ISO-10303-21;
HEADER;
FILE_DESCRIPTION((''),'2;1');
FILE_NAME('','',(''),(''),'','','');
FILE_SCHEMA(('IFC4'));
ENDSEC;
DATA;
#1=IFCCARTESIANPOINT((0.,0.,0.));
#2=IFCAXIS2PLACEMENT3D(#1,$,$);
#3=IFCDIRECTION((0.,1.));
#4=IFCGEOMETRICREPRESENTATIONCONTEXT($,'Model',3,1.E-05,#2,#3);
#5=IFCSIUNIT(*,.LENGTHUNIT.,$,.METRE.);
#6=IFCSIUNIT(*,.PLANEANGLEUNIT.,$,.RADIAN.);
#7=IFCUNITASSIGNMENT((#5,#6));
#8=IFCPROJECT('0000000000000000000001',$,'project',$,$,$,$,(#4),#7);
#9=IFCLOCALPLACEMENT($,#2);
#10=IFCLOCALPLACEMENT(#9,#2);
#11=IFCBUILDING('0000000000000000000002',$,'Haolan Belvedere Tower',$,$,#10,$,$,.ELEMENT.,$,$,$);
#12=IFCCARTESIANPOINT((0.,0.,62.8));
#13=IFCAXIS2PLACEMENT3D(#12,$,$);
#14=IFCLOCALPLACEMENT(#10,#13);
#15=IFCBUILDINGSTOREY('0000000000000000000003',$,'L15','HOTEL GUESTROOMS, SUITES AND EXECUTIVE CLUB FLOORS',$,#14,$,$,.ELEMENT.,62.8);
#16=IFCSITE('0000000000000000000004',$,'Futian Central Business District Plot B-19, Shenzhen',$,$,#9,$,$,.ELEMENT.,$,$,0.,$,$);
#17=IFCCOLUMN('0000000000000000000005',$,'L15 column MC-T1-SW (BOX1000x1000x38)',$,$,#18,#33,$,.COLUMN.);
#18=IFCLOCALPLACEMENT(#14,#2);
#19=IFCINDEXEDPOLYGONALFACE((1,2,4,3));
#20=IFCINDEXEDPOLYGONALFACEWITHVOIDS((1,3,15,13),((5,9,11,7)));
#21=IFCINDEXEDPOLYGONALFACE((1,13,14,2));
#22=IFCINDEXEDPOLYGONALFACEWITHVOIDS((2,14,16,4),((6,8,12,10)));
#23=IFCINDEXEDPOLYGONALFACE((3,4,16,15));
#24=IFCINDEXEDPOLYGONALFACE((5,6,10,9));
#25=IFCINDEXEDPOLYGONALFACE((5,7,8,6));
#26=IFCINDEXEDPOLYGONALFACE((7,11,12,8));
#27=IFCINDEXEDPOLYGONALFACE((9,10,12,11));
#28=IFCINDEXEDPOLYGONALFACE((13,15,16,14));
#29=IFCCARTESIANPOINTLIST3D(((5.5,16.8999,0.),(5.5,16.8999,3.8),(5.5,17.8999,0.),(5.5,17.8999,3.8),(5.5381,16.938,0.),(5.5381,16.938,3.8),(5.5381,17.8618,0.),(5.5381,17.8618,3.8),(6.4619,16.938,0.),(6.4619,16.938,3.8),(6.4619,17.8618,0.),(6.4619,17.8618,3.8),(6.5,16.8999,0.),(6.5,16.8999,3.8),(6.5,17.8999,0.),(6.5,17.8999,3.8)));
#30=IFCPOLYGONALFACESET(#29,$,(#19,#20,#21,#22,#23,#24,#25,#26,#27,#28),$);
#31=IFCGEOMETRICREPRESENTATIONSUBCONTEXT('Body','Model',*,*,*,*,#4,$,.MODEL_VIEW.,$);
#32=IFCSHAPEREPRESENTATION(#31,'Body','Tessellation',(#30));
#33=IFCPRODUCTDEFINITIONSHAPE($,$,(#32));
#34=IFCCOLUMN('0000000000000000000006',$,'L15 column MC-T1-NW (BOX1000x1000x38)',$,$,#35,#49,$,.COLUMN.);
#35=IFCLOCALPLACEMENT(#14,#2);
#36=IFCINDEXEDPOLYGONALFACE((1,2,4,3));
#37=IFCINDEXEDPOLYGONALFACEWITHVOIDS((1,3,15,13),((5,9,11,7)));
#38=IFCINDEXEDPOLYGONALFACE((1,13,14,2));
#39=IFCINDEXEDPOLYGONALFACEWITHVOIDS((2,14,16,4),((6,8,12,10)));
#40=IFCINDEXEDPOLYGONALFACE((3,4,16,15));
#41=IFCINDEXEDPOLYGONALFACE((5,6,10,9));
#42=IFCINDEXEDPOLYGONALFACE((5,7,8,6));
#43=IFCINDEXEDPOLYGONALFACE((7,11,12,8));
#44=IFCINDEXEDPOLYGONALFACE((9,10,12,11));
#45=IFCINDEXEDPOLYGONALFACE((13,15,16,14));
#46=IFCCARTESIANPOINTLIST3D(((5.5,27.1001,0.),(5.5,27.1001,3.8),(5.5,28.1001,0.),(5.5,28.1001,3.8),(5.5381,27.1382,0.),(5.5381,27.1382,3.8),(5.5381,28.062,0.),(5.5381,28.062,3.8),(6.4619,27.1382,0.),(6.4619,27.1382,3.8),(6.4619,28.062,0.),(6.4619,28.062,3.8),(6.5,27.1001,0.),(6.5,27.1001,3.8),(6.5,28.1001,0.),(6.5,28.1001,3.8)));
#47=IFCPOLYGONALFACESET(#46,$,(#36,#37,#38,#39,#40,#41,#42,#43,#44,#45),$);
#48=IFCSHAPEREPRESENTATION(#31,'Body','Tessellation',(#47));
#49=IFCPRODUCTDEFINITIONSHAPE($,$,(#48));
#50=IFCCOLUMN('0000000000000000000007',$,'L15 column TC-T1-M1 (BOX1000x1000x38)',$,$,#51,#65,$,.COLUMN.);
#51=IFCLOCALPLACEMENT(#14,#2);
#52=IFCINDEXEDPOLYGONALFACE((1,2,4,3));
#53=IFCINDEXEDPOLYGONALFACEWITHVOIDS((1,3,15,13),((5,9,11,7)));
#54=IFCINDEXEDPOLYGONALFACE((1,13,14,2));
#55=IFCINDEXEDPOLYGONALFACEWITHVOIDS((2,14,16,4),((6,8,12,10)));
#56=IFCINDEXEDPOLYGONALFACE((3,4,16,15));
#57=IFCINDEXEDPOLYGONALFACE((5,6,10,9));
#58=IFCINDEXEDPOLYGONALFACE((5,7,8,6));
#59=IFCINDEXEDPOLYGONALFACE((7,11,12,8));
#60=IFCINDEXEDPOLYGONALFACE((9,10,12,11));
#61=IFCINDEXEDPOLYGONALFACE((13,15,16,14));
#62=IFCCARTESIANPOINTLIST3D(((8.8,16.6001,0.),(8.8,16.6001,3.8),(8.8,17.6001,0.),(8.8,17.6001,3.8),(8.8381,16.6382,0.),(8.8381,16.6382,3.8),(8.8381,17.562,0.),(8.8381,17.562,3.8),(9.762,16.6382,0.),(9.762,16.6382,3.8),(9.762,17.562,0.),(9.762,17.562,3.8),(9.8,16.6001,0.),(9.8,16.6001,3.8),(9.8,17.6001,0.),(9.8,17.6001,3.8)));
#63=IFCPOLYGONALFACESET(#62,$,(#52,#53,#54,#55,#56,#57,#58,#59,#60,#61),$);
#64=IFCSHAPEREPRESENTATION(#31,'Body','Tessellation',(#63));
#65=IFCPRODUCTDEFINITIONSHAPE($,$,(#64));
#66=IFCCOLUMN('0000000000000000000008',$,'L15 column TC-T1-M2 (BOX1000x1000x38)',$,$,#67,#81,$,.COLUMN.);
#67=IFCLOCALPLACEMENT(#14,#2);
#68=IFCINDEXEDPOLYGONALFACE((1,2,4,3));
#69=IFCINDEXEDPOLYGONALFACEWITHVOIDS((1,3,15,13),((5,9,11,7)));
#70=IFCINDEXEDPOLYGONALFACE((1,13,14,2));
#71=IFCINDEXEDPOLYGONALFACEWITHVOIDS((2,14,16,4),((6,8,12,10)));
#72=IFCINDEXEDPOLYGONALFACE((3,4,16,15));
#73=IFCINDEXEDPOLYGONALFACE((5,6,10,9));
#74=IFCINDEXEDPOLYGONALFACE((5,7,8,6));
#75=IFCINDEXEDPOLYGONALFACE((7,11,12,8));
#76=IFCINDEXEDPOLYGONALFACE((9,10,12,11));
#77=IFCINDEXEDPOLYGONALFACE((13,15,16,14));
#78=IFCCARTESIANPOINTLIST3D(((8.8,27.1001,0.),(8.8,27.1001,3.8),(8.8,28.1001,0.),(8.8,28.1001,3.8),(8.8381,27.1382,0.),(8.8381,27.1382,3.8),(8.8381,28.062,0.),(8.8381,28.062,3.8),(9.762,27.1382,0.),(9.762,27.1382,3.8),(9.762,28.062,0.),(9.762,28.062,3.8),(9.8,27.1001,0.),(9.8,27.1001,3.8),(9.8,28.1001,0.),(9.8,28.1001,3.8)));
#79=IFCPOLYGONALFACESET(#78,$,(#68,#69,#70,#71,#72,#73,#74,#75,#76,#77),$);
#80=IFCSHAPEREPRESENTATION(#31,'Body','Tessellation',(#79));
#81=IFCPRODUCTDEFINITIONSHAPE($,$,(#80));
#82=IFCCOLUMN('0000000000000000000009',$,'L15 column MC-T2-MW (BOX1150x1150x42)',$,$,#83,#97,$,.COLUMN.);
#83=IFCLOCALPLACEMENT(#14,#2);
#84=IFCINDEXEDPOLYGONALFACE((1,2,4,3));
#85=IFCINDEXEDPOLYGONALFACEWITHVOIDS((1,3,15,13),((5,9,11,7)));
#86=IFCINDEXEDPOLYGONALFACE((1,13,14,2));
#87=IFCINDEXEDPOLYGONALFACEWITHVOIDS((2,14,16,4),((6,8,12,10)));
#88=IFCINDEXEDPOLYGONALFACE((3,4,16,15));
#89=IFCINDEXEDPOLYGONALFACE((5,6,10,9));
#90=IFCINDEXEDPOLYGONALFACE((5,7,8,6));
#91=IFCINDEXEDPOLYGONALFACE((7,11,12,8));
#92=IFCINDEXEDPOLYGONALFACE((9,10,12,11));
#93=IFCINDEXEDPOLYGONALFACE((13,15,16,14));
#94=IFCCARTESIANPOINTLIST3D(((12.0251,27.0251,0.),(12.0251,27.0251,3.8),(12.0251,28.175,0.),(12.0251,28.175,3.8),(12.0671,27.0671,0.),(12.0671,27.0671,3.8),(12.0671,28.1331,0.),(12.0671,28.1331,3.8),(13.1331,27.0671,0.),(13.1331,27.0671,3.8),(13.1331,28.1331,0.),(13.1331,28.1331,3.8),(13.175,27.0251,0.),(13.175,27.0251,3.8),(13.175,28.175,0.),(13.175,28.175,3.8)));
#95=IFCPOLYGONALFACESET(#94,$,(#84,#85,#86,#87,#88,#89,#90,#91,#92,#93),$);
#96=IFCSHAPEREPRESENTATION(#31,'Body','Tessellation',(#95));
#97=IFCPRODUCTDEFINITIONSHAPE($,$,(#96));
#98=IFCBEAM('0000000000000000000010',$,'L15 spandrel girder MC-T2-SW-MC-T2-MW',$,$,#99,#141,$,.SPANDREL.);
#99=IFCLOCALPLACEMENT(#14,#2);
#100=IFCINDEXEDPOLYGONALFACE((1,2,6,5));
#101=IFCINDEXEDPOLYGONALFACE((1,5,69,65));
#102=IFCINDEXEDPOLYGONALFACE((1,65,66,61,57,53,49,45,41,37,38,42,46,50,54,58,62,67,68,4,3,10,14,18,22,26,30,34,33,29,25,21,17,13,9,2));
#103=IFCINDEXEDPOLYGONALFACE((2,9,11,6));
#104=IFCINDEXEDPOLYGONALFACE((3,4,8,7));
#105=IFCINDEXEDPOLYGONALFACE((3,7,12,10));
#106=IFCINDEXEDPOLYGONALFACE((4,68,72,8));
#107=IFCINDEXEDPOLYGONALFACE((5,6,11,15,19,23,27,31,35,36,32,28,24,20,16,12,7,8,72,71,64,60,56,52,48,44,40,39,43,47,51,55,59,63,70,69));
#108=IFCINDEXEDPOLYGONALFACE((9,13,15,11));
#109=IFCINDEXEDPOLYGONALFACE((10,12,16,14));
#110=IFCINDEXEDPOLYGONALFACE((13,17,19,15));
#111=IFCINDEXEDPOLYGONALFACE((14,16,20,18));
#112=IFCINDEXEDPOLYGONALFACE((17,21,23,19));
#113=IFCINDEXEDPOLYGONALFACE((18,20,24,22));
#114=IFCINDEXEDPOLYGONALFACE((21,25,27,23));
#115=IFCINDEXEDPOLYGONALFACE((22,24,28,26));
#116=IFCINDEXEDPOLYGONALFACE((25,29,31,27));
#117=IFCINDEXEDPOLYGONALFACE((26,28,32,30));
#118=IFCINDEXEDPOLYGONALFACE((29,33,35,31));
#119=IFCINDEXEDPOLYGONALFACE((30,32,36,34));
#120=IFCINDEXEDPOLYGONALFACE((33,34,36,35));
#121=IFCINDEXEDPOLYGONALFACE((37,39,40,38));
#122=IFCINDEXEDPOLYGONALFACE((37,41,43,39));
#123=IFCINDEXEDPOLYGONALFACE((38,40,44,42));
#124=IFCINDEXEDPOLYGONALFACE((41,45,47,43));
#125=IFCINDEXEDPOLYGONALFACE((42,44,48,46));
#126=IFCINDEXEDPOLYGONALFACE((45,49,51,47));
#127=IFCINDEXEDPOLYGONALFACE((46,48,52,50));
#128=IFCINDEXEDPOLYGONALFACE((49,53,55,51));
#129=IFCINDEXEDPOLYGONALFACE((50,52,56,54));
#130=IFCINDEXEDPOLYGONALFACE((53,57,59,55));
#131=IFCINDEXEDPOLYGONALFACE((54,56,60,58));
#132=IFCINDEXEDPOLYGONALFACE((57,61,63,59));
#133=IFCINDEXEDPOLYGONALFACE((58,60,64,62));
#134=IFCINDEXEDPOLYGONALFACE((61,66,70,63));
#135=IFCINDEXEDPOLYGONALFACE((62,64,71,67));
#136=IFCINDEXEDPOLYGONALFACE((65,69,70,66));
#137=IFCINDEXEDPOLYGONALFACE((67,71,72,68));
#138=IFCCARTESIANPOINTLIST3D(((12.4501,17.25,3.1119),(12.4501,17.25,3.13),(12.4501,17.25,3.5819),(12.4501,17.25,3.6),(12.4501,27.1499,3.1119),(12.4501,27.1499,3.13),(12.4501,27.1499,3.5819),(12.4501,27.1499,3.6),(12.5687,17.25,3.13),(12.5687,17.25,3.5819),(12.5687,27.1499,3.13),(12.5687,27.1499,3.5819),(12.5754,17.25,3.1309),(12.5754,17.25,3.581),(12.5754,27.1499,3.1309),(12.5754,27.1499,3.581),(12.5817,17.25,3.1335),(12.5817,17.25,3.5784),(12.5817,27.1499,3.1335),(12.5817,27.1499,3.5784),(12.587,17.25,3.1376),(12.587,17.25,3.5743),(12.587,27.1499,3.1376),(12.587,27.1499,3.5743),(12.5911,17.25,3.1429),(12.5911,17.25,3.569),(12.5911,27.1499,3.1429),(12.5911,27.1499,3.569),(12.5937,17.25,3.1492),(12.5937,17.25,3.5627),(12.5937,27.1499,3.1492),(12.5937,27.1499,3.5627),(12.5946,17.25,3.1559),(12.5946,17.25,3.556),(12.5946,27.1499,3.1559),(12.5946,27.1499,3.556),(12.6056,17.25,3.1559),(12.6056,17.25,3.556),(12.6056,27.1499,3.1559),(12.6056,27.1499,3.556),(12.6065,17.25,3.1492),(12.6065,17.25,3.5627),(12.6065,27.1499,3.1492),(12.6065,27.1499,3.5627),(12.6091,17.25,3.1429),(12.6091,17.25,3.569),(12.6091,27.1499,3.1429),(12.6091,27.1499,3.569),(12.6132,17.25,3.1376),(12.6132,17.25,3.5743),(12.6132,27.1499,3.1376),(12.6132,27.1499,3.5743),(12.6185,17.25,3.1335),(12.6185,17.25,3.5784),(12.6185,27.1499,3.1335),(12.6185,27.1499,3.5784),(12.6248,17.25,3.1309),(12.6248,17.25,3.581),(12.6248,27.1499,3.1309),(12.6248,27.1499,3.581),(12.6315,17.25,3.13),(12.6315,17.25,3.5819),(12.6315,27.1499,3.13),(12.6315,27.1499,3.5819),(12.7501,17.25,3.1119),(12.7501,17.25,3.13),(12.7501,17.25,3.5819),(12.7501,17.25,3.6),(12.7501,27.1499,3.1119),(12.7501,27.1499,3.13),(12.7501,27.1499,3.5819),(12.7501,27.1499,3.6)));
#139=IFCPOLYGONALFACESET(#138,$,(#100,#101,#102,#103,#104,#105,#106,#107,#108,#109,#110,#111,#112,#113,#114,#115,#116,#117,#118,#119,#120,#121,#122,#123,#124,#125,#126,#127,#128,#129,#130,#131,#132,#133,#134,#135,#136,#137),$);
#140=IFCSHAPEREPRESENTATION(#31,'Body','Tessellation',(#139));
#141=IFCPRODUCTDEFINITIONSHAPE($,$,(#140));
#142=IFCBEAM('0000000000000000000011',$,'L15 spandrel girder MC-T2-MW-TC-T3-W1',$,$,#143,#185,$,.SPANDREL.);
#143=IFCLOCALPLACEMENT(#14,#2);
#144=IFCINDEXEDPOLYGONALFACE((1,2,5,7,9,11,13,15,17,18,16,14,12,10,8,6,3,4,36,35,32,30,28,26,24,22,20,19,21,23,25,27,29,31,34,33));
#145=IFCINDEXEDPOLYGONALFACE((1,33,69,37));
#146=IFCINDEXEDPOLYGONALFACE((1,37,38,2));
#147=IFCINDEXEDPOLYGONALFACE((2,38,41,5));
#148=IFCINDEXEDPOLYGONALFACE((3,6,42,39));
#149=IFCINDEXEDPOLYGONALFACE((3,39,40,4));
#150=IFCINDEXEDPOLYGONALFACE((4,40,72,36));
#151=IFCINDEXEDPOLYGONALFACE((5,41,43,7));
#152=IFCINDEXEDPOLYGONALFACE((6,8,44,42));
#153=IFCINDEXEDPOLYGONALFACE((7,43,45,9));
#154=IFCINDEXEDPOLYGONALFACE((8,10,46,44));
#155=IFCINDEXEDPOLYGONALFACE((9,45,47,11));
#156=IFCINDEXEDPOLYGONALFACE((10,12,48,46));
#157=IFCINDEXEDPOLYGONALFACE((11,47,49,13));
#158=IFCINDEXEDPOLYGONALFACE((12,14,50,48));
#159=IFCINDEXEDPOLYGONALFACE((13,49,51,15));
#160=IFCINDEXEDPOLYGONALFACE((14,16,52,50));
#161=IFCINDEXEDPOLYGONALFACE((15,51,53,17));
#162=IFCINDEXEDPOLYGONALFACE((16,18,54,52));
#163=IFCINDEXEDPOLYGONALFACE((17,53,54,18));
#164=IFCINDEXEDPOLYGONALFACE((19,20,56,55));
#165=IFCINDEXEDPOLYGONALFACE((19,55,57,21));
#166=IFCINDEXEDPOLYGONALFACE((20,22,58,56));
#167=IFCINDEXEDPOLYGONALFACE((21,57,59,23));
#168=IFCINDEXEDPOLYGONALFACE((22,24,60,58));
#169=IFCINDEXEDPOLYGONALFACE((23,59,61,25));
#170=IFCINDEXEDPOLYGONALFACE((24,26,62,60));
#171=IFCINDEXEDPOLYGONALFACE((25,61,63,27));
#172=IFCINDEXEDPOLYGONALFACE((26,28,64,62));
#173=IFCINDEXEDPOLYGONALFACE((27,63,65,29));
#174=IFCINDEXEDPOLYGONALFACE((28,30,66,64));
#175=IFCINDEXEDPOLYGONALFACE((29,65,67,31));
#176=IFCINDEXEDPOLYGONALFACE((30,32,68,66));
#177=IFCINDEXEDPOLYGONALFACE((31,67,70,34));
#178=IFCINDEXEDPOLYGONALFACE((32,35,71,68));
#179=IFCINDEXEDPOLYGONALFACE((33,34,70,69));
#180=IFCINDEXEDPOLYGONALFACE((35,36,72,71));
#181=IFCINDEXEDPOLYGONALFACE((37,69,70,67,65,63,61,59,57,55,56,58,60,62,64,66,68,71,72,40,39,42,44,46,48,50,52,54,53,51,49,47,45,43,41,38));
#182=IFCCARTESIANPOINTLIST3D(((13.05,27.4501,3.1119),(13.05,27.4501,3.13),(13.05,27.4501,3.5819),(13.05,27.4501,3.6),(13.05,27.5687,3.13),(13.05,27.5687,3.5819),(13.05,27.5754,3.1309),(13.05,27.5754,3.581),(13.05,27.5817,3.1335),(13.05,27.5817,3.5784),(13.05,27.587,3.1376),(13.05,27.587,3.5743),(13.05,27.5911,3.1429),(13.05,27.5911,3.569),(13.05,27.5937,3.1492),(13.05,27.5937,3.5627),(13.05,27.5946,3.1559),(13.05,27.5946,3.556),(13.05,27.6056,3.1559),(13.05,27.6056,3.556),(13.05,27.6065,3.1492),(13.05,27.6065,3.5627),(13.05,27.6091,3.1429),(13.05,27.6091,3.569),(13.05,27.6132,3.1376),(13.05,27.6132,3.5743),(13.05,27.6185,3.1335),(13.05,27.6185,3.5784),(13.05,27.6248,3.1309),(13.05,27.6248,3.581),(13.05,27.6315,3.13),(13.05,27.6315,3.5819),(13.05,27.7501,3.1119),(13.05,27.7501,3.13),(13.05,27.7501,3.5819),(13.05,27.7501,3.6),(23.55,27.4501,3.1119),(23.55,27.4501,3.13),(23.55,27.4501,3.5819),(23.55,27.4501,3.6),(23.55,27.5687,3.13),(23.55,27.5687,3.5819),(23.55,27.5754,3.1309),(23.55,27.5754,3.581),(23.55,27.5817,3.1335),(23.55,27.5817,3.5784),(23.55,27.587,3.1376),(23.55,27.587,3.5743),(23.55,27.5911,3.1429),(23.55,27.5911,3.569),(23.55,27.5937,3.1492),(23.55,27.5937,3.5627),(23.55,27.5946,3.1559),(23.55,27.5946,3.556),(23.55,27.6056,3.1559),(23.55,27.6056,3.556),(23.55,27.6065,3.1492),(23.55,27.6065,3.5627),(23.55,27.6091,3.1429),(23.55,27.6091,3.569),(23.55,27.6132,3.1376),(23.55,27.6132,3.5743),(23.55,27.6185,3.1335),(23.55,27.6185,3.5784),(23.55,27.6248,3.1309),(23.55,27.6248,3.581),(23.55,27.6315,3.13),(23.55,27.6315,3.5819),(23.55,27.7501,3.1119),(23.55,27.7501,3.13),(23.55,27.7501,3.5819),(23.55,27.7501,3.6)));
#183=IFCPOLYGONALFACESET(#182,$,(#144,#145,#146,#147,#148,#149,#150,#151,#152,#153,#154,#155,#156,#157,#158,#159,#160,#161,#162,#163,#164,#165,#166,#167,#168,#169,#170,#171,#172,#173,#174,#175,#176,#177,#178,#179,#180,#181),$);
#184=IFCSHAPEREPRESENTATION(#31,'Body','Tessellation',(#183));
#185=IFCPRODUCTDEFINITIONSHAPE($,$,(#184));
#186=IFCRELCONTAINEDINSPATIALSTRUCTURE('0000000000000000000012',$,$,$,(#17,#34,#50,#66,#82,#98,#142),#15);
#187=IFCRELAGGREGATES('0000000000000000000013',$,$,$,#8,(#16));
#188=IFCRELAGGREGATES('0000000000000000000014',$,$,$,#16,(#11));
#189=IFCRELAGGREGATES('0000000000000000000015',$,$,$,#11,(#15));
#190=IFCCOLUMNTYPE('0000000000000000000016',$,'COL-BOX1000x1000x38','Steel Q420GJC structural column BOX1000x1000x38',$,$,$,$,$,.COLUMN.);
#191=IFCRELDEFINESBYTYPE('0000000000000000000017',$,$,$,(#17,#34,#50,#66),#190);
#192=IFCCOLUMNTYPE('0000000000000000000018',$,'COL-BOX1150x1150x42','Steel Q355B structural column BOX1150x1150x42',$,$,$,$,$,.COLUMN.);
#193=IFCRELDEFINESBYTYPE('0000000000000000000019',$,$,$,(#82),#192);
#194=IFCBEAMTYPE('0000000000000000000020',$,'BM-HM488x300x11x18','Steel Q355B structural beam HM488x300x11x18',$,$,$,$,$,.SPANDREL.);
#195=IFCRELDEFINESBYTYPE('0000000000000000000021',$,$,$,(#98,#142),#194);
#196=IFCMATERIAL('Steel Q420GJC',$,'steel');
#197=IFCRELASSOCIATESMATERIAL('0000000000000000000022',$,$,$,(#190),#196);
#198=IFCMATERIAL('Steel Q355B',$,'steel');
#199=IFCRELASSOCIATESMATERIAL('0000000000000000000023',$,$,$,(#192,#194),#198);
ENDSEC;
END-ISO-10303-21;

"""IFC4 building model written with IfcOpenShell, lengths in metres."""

from ifc_helpers import new_model, si_unit, direction, frame, origin, origin_2d, place, context, subcontext, project, spatial, hollow_rectangle, i_section, extrude, material, material_profile, profile_set, type_object, element, save


model = new_model("IFC4")

# Units and contexts
model_context = context("Model", 3, precision=1e-05, world=origin(), true_north=direction((0.0, 1.0)))
body_context = subcontext(model_context, "Body", "Model", "MODEL_VIEW")
ifc_project = project(units=[si_unit("LENGTHUNIT", "METRE"), si_unit("PLANEANGLEUNIT", "RADIAN")], contexts=[model_context])

# Site, building, storey
site_placement = place(None, origin())
site = spatial("IfcSite", under=ifc_project, at=site_placement, Name="Futian Central Business District Plot B-19, Shenzhen", CompositionType="ELEMENT", RefElevation=0.0)
building_placement = place(site_placement, origin())
building = spatial("IfcBuilding", under=site, at=building_placement, Name="Haolan Belvedere Tower", CompositionType="ELEMENT")
storey_placement = place(building_placement, frame((0.0, 0.0, 62.8)))
storey = spatial("IfcBuildingStorey", under=building, at=storey_placement, Name="L15", Description="HOTEL GUESTROOMS, SUITES AND EXECUTIVE CLUB FLOORS", CompositionType="ELEMENT", Elevation=62.8)

# Columns
ifc_material_1 = material(Name="Steel Q420GJC", Category="steel")
ifc_material_profile_1 = material_profile(ifc_material_1, hollow_rectangle(XDim=1.0, YDim=1.0, WallThickness=0.0381, at=origin_2d()), Name="Steel Q420GJC")
ifc_profile_set_1 = profile_set([ifc_material_profile_1], Name="Steel Q420GJC")
column_type_1 = type_object("IfcColumnType", Name="COL-BOX1000x1000x38", Description="Steel Q420GJC structural column BOX1000x1000x38", PredefinedType="COLUMN", material=ifc_profile_set_1)
for number, where, z_axis, x_axis, name in (
    (1, (6.0, 17.3999, 0.0), (0.0, 0.0, 1.0), (1.0, 0.0, 0.0), "L15 column MC-T1-SW (BOX1000x1000x38)"),
    (2, (6.0, 27.6001, 0.0), (0.0, 0.0, 1.0), (1.0, 0.0, 0.0), "L15 column MC-T1-NW (BOX1000x1000x38)"),
    (3, (9.3, 17.1001, 0.0), (0.0, 0.0, 1.0), (1.0, 0.0, 0.0), "L15 column TC-T1-M1 (BOX1000x1000x38)"),
    (4, (9.3, 27.6001, 0.0), (0.0, 0.0, 1.0), (1.0, 0.0, 0.0), "L15 column TC-T1-M2 (BOX1000x1000x38)"),
):
    element("IfcColumn", number, at=place(storey_placement, frame(where, z_axis=z_axis, x_axis=x_axis)), inside=storey, type_object=column_type_1, Name=name, PredefinedType="COLUMN", context=body_context, shape_type="SweptSolid", body=[
        extrude(hollow_rectangle(XDim=1.0, YDim=1.0, WallThickness=0.0381, at=origin_2d()), origin(), (0.0, 0.0, 1.0), 3.8),
    ])
ifc_material_2 = material(Name="Steel Q355B", Category="steel")
ifc_material_profile_2 = material_profile(ifc_material_2, hollow_rectangle(XDim=1.1499, YDim=1.1499, WallThickness=0.042, at=origin_2d()), Name="Steel Q355B")
ifc_profile_set_2 = profile_set([ifc_material_profile_2], Name="Steel Q355B")
column_type_2 = type_object("IfcColumnType", Name="COL-BOX1150x1150x42", Description="Steel Q355B structural column BOX1150x1150x42", PredefinedType="COLUMN", material=ifc_profile_set_2)
column_placement = place(storey_placement, frame((12.6001, 27.6001, 0.0), z_axis=(0.0, 0.0, 1.0), x_axis=(1.0, 0.0, 0.0)))
element("IfcColumn", 5, at=column_placement, inside=storey, type_object=column_type_2, Name="L15 column MC-T2-MW (BOX1150x1150x42)", PredefinedType="COLUMN", context=body_context, shape_type="SweptSolid", body=[
    extrude(hollow_rectangle(XDim=1.1499, YDim=1.1499, WallThickness=0.042, at=origin_2d()), origin(), (0.0, 0.0, 1.0), 3.8),
])

# Beams
ifc_material_profile_3 = material_profile(ifc_material_2, i_section(OverallWidth=0.3, OverallDepth=0.488, WebThickness=0.011, FlangeThickness=0.0181, FilletRadius=0.0259, at=origin_2d()), Name="Steel Q355B")
ifc_profile_set_3 = profile_set([ifc_material_profile_3], Name="Steel Q355B")
beam_type_1 = type_object("IfcBeamType", Name="BM-HM488x300x11x18", Description="Steel Q355B structural beam HM488x300x11x18", PredefinedType="SPANDREL", material=ifc_profile_set_3)
beam_1_placement = place(storey_placement, frame((12.6001, 17.25, 3.356), z_axis=(0.0, 1.0, 0.0), x_axis=(-1.0, 0.0, 0.0)))
element("IfcBeam", 6, at=beam_1_placement, inside=storey, type_object=beam_type_1, Name="L15 spandrel girder MC-T2-SW-MC-T2-MW", PredefinedType="SPANDREL", context=body_context, shape_type="SweptSolid", body=[
    extrude(i_section(OverallWidth=0.3, OverallDepth=0.488, WebThickness=0.011, FlangeThickness=0.0181, FilletRadius=0.0259, at=origin_2d()), origin(), (0.0, 0.0, 1.0), 9.8999),
])
beam_2_placement = place(storey_placement, frame((13.05, 27.6001, 3.356), z_axis=(1.0, 0.0, 0.0), x_axis=(0.0, 1.0, 0.0)))
element("IfcBeam", 7, at=beam_2_placement, inside=storey, type_object=beam_type_1, Name="L15 spandrel girder MC-T2-MW-TC-T3-W1", PredefinedType="SPANDREL", context=body_context, shape_type="SweptSolid", body=[
    extrude(i_section(OverallWidth=0.3, OverallDepth=0.488, WebThickness=0.011, FlangeThickness=0.0181, FilletRadius=0.0259, at=origin_2d()), origin(), (0.0, 0.0, 1.0), 10.5),
])

save(model, "model.ifc")
